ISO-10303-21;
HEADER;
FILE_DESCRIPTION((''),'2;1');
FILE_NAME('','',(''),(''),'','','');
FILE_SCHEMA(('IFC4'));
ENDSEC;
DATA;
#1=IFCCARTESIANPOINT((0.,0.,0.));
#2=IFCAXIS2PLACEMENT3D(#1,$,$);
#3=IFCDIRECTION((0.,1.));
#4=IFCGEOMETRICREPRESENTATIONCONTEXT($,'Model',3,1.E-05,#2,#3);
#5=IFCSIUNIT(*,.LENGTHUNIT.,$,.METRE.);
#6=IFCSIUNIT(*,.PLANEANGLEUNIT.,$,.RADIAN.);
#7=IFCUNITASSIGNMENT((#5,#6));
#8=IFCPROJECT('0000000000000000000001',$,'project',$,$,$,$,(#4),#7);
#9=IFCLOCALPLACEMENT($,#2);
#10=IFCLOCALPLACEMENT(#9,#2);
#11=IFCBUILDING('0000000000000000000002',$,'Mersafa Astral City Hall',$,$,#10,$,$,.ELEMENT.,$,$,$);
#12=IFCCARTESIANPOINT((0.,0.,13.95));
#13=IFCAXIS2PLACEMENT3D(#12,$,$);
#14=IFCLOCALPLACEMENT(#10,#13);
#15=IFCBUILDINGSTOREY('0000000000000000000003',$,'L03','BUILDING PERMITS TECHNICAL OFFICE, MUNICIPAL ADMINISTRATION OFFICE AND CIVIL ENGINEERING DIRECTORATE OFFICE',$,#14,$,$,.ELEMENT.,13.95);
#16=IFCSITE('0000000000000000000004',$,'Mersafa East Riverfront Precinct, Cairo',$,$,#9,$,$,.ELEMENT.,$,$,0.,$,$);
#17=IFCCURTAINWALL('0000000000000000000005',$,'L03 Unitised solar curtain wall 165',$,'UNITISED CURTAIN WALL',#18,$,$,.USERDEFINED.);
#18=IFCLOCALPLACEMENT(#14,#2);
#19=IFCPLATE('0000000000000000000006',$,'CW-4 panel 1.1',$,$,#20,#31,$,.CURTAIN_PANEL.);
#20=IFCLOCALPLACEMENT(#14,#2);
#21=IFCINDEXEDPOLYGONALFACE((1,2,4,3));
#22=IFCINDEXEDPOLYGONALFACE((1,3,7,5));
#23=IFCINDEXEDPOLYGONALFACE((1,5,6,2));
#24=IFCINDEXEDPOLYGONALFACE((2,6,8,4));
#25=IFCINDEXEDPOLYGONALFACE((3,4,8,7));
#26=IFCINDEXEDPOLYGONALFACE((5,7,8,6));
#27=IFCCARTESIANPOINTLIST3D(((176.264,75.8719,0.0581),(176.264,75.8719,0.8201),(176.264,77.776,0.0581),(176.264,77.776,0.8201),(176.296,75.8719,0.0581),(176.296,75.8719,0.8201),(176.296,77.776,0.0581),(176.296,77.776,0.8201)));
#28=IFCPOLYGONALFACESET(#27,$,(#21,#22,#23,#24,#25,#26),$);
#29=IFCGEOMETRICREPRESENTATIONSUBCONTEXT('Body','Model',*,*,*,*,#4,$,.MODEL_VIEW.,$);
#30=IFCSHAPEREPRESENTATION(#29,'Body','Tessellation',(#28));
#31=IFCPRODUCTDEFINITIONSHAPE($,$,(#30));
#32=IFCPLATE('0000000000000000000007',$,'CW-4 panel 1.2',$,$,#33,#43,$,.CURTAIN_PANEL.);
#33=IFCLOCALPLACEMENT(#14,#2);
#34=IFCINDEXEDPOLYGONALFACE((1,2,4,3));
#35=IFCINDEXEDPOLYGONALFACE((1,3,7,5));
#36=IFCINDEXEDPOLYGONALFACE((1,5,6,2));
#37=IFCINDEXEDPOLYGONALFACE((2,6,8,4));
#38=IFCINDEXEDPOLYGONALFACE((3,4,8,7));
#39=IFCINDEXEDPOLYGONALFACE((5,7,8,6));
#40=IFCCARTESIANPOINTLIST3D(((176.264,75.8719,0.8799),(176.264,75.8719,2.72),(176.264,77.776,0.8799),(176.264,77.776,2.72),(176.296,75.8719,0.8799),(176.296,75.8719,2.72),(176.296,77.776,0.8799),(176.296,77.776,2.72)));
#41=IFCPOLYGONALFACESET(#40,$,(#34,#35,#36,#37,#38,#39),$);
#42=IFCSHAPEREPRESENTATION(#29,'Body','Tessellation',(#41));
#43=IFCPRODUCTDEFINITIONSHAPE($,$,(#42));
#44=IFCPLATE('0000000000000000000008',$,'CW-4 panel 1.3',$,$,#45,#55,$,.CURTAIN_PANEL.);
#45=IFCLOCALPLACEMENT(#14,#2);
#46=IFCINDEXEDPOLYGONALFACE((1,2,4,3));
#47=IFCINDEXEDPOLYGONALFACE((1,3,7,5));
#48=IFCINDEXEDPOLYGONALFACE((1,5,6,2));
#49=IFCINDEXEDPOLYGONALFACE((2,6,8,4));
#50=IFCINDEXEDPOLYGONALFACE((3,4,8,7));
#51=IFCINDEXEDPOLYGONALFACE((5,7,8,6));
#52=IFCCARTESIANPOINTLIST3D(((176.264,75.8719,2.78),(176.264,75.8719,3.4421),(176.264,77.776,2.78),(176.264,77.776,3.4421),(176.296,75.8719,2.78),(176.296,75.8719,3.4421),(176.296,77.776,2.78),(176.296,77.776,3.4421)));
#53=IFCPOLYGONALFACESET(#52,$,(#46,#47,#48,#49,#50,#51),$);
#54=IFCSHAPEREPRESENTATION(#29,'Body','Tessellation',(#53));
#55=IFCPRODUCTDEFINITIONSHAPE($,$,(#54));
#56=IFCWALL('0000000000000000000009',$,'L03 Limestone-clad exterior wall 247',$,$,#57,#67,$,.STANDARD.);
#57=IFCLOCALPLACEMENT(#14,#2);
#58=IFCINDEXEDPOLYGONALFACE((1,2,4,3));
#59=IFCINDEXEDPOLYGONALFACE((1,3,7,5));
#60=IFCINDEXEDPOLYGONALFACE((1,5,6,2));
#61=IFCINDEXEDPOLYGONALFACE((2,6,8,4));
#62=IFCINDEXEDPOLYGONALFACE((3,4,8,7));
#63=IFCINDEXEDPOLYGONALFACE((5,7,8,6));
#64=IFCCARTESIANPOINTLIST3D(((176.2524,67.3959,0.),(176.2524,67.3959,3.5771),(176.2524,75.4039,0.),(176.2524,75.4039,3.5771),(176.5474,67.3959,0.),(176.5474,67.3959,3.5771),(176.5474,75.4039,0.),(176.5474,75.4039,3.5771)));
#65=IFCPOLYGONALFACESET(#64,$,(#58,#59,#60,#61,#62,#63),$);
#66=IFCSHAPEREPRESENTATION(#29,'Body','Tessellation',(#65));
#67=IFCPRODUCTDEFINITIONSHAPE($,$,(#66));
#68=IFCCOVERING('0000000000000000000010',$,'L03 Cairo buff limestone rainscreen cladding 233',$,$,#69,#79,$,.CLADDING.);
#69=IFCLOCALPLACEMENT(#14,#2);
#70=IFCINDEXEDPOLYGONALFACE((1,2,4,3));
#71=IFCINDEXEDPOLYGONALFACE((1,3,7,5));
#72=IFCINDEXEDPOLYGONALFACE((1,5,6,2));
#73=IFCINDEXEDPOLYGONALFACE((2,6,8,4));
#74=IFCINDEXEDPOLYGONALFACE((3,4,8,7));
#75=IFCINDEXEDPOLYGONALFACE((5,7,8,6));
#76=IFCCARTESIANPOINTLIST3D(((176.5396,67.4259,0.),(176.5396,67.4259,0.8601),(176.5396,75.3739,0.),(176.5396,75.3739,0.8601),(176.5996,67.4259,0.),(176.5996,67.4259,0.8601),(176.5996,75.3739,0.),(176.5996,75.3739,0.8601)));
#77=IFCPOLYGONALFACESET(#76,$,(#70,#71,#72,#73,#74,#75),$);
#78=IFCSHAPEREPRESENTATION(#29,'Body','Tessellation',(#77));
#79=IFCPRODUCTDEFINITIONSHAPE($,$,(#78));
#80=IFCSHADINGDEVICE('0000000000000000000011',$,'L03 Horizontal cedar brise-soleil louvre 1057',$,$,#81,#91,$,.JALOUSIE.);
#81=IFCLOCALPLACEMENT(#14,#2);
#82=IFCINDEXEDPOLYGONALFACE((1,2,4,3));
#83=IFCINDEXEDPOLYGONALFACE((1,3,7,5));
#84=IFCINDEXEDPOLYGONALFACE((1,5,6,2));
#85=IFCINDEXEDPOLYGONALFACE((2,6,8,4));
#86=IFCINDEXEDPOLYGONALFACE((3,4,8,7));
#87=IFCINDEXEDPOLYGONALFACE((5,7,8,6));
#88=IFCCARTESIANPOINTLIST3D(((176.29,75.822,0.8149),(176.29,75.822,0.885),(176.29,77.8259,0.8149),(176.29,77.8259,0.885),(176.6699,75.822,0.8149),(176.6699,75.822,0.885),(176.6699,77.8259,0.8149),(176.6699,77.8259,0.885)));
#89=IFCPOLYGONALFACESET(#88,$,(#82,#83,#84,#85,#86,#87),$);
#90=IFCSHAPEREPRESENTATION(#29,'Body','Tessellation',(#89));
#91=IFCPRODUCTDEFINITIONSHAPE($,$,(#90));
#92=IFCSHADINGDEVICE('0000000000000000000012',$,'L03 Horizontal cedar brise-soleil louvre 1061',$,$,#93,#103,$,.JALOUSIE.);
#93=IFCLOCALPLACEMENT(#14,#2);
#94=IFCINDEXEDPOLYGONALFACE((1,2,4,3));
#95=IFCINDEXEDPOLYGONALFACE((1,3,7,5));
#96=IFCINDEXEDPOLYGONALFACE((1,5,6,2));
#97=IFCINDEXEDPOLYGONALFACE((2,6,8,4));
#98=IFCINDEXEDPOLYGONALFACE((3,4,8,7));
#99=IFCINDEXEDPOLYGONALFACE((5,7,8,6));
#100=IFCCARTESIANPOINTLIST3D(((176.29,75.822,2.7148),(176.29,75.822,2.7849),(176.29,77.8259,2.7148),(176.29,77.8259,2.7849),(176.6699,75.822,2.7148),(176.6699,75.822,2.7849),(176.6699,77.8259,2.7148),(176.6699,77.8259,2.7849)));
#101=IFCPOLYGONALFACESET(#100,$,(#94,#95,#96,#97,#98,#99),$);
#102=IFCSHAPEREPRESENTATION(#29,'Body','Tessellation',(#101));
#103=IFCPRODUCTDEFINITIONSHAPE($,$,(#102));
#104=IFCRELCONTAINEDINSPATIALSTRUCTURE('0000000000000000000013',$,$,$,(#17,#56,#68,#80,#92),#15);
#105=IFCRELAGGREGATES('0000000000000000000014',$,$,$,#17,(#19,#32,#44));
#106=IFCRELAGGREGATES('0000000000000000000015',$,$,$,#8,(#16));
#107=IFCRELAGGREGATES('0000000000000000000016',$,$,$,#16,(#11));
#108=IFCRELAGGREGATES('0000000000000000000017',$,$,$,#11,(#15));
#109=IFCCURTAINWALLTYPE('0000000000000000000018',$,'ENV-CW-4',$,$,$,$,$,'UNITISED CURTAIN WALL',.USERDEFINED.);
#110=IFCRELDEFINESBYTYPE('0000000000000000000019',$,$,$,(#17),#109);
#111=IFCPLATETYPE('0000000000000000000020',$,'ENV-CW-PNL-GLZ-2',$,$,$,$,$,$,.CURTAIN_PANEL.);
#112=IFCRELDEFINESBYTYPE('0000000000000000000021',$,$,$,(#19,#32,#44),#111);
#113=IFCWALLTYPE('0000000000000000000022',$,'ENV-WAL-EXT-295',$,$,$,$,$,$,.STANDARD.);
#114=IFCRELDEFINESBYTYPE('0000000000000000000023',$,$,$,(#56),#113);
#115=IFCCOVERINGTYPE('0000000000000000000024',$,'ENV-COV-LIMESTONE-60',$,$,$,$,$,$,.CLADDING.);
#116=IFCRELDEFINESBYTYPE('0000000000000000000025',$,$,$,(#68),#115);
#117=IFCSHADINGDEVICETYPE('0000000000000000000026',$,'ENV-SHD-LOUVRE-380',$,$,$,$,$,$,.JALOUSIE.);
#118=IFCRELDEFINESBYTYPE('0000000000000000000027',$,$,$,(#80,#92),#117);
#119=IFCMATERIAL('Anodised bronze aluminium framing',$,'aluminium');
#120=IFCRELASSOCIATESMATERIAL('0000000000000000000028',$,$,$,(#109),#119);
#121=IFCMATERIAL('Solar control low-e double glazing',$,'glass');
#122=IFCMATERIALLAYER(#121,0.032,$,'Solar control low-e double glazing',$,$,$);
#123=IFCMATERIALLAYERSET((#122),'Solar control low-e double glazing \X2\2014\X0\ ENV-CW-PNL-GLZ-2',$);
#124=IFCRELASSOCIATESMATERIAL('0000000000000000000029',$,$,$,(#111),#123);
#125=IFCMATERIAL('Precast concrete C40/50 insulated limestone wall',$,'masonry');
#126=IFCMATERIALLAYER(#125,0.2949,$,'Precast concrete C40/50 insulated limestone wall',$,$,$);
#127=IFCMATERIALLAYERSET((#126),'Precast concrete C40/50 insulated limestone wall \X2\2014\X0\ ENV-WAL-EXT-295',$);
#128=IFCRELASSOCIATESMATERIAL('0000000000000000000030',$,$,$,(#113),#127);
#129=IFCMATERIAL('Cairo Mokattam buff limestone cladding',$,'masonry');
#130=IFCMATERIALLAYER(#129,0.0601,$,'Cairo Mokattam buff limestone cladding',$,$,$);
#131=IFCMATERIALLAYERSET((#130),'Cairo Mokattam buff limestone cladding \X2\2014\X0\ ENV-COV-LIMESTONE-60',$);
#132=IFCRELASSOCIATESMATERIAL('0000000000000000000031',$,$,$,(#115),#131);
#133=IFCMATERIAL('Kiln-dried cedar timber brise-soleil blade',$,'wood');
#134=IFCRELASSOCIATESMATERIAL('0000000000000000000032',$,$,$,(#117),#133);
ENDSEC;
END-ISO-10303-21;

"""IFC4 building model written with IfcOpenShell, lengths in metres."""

from ifc_helpers import new_model, si_unit, direction, frame, frame_2d, origin, origin_2d, place, context, subcontext, project, spatial, rectangle, extrude, material, layer, layer_set, type_object, element, aggregate, save


model = new_model("IFC4")

# Units and contexts
model_context = context("Model", 3, precision=1e-05, world=origin(), true_north=direction((0.0, 1.0)))
body_context = subcontext(model_context, "Body", "Model", "MODEL_VIEW")
ifc_project = project(units=[si_unit("LENGTHUNIT", "METRE"), si_unit("PLANEANGLEUNIT", "RADIAN")], contexts=[model_context])

# Site, building, storey
site_placement = place(None, origin())
site = spatial("IfcSite", under=ifc_project, at=site_placement, Name="Mersafa East Riverfront Precinct, Cairo", CompositionType="ELEMENT", RefElevation=0.0)
building_placement = place(site_placement, origin())
building = spatial("IfcBuilding", under=site, at=building_placement, Name="Mersafa Astral City Hall", CompositionType="ELEMENT")
storey_placement = place(building_placement, frame((0.0, 0.0, 13.95)))
storey = spatial("IfcBuildingStorey", under=building, at=storey_placement, Name="L03", Description="BUILDING PERMITS TECHNICAL OFFICE, MUNICIPAL ADMINISTRATION OFFICE AND CIVIL ENGINEERING DIRECTORATE OFFICE", CompositionType="ELEMENT", Elevation=13.95)

# Curtain wall
ifc_material_1 = material(Name="Anodised bronze aluminium framing", Category="aluminium")
curtain_wall_type = type_object("IfcCurtainWallType", Name="ENV-CW-4", ElementType="UNITISED CURTAIN WALL", PredefinedType="USERDEFINED", material=ifc_material_1)
curtain_wall_placement = place(storey_placement, origin())
curtain_wall = element("IfcCurtainWall", 1, at=curtain_wall_placement, inside=storey, type_object=curtain_wall_type, Name="L03 Unitised solar curtain wall 165", ObjectType="UNITISED CURTAIN WALL", PredefinedType="USERDEFINED")

# Plates
ifc_material_2 = material(Name="Solar control low-e double glazing", Category="glass")
ifc_layer_1 = layer(ifc_material_2, 0.032, Name="Solar control low-e double glazing")
ifc_layer_set_1 = layer_set([ifc_layer_1], Name="Solar control low-e double glazing — ENV-CW-PNL-GLZ-2")
plate_type = type_object("IfcPlateType", Name="ENV-CW-PNL-GLZ-2", PredefinedType="CURTAIN_PANEL", material=ifc_layer_set_1)
plate_1_placement = place(storey_placement, frame((176.28, 76.824, 0.0581), z_axis=(0.0, 0.0, 1.0), x_axis=(0.0, 1.0, 0.0)))
plate_1 = element("IfcPlate", 2, at=plate_1_placement, type_object=plate_type, Name="CW-4 panel 1.1", PredefinedType="CURTAIN_PANEL", context=body_context, shape_type="SweptSolid", body=[
    extrude(rectangle(XDim=1.9041, YDim=0.032, at=origin_2d()), origin(), (0.0, 0.0, 1.0), 0.762),
])
plate_2_placement = place(storey_placement, frame((176.28, 76.824, 0.8799), z_axis=(0.0, 0.0, 1.0), x_axis=(0.0, 1.0, 0.0)))
plate_2 = element("IfcPlate", 3, at=plate_2_placement, type_object=plate_type, Name="CW-4 panel 1.2", PredefinedType="CURTAIN_PANEL", context=body_context, shape_type="SweptSolid", body=[
    extrude(rectangle(XDim=1.9041, YDim=0.032, at=origin_2d()), origin(), (0.0, 0.0, 1.0), 1.8401),
])
plate_3_placement = place(storey_placement, frame((176.28, 76.824, 2.78), z_axis=(0.0, 0.0, 1.0), x_axis=(0.0, 1.0, 0.0)))
plate_3 = element("IfcPlate", 4, at=plate_3_placement, type_object=plate_type, Name="CW-4 panel 1.3", PredefinedType="CURTAIN_PANEL", context=body_context, shape_type="SweptSolid", body=[
    extrude(rectangle(XDim=1.9041, YDim=0.032, at=origin_2d()), origin(), (0.0, 0.0, 1.0), 0.6621),
])
aggregate(curtain_wall, [plate_1, plate_2, plate_3])

# Wall
ifc_material_3 = material(Name="Precast concrete C40/50 insulated limestone wall", Category="masonry")
ifc_layer_2 = layer(ifc_material_3, 0.2949, Name="Precast concrete C40/50 insulated limestone wall")
ifc_layer_set_2 = layer_set([ifc_layer_2], Name="Precast concrete C40/50 insulated limestone wall — ENV-WAL-EXT-295")
wall_type = type_object("IfcWallType", Name="ENV-WAL-EXT-295", PredefinedType="STANDARD", material=ifc_layer_set_2)
wall_placement = place(storey_placement, frame((176.3999, 67.396, 0.0), z_axis=(0.0, 0.0, 1.0), x_axis=(0.0, 1.0, 0.0)))
element("IfcWall", 5, at=wall_placement, inside=storey, type_object=wall_type, Name="L03 Limestone-clad exterior wall 247", PredefinedType="STANDARD", context=body_context, shape_type="SweptSolid", body=[
    extrude(rectangle(XDim=8.0081, YDim=0.2949, at=frame_2d((4.0039, 0.0))), origin(), (0.0, 0.0, 1.0), 3.5771),
])

# Covering
ifc_material_4 = material(Name="Cairo Mokattam buff limestone cladding", Category="masonry")
ifc_layer_3 = layer(ifc_material_4, 0.0601, Name="Cairo Mokattam buff limestone cladding")
ifc_layer_set_3 = layer_set([ifc_layer_3], Name="Cairo Mokattam buff limestone cladding — ENV-COV-LIMESTONE-60")
covering_type = type_object("IfcCoveringType", Name="ENV-COV-LIMESTONE-60", PredefinedType="CLADDING", material=ifc_layer_set_3)
covering_placement = place(storey_placement, frame((176.5696, 71.3999, 0.0), z_axis=(0.0, 0.0, 1.0), x_axis=(0.0, 1.0, 0.0)))
element("IfcCovering", 6, at=covering_placement, inside=storey, type_object=covering_type, Name="L03 Cairo buff limestone rainscreen cladding 233", PredefinedType="CLADDING", context=body_context, shape_type="SweptSolid", body=[
    extrude(rectangle(XDim=7.948, YDim=0.0601, at=origin_2d()), origin(), (0.0, 0.0, 1.0), 0.8601),
])

# Shading devices
ifc_material_5 = material(Name="Kiln-dried cedar timber brise-soleil blade", Category="wood")
shading_device_type = type_object("IfcShadingDeviceType", Name="ENV-SHD-LOUVRE-380", PredefinedType="JALOUSIE", material=ifc_material_5)
for number, where, z_axis, x_axis, name in (
    (7, (176.48, 76.824, 0.8149), (0.0, 0.0, 1.0), (0.0, 1.0, 0.0), "L03 Horizontal cedar brise-soleil louvre 1057"),
    (8, (176.48, 76.824, 2.7148), (0.0, 0.0, 1.0), (0.0, 1.0, 0.0), "L03 Horizontal cedar brise-soleil louvre 1061"),
):
    element("IfcShadingDevice", number, at=place(storey_placement, frame(where, z_axis=z_axis, x_axis=x_axis)), inside=storey, type_object=shading_device_type, Name=name, PredefinedType="JALOUSIE", context=body_context, shape_type="SweptSolid", body=[
        extrude(rectangle(XDim=2.0039, YDim=0.3799, at=origin_2d()), origin(), (0.0, 0.0, 1.0), 0.0701),
    ])

save(model, "model.ifc")
